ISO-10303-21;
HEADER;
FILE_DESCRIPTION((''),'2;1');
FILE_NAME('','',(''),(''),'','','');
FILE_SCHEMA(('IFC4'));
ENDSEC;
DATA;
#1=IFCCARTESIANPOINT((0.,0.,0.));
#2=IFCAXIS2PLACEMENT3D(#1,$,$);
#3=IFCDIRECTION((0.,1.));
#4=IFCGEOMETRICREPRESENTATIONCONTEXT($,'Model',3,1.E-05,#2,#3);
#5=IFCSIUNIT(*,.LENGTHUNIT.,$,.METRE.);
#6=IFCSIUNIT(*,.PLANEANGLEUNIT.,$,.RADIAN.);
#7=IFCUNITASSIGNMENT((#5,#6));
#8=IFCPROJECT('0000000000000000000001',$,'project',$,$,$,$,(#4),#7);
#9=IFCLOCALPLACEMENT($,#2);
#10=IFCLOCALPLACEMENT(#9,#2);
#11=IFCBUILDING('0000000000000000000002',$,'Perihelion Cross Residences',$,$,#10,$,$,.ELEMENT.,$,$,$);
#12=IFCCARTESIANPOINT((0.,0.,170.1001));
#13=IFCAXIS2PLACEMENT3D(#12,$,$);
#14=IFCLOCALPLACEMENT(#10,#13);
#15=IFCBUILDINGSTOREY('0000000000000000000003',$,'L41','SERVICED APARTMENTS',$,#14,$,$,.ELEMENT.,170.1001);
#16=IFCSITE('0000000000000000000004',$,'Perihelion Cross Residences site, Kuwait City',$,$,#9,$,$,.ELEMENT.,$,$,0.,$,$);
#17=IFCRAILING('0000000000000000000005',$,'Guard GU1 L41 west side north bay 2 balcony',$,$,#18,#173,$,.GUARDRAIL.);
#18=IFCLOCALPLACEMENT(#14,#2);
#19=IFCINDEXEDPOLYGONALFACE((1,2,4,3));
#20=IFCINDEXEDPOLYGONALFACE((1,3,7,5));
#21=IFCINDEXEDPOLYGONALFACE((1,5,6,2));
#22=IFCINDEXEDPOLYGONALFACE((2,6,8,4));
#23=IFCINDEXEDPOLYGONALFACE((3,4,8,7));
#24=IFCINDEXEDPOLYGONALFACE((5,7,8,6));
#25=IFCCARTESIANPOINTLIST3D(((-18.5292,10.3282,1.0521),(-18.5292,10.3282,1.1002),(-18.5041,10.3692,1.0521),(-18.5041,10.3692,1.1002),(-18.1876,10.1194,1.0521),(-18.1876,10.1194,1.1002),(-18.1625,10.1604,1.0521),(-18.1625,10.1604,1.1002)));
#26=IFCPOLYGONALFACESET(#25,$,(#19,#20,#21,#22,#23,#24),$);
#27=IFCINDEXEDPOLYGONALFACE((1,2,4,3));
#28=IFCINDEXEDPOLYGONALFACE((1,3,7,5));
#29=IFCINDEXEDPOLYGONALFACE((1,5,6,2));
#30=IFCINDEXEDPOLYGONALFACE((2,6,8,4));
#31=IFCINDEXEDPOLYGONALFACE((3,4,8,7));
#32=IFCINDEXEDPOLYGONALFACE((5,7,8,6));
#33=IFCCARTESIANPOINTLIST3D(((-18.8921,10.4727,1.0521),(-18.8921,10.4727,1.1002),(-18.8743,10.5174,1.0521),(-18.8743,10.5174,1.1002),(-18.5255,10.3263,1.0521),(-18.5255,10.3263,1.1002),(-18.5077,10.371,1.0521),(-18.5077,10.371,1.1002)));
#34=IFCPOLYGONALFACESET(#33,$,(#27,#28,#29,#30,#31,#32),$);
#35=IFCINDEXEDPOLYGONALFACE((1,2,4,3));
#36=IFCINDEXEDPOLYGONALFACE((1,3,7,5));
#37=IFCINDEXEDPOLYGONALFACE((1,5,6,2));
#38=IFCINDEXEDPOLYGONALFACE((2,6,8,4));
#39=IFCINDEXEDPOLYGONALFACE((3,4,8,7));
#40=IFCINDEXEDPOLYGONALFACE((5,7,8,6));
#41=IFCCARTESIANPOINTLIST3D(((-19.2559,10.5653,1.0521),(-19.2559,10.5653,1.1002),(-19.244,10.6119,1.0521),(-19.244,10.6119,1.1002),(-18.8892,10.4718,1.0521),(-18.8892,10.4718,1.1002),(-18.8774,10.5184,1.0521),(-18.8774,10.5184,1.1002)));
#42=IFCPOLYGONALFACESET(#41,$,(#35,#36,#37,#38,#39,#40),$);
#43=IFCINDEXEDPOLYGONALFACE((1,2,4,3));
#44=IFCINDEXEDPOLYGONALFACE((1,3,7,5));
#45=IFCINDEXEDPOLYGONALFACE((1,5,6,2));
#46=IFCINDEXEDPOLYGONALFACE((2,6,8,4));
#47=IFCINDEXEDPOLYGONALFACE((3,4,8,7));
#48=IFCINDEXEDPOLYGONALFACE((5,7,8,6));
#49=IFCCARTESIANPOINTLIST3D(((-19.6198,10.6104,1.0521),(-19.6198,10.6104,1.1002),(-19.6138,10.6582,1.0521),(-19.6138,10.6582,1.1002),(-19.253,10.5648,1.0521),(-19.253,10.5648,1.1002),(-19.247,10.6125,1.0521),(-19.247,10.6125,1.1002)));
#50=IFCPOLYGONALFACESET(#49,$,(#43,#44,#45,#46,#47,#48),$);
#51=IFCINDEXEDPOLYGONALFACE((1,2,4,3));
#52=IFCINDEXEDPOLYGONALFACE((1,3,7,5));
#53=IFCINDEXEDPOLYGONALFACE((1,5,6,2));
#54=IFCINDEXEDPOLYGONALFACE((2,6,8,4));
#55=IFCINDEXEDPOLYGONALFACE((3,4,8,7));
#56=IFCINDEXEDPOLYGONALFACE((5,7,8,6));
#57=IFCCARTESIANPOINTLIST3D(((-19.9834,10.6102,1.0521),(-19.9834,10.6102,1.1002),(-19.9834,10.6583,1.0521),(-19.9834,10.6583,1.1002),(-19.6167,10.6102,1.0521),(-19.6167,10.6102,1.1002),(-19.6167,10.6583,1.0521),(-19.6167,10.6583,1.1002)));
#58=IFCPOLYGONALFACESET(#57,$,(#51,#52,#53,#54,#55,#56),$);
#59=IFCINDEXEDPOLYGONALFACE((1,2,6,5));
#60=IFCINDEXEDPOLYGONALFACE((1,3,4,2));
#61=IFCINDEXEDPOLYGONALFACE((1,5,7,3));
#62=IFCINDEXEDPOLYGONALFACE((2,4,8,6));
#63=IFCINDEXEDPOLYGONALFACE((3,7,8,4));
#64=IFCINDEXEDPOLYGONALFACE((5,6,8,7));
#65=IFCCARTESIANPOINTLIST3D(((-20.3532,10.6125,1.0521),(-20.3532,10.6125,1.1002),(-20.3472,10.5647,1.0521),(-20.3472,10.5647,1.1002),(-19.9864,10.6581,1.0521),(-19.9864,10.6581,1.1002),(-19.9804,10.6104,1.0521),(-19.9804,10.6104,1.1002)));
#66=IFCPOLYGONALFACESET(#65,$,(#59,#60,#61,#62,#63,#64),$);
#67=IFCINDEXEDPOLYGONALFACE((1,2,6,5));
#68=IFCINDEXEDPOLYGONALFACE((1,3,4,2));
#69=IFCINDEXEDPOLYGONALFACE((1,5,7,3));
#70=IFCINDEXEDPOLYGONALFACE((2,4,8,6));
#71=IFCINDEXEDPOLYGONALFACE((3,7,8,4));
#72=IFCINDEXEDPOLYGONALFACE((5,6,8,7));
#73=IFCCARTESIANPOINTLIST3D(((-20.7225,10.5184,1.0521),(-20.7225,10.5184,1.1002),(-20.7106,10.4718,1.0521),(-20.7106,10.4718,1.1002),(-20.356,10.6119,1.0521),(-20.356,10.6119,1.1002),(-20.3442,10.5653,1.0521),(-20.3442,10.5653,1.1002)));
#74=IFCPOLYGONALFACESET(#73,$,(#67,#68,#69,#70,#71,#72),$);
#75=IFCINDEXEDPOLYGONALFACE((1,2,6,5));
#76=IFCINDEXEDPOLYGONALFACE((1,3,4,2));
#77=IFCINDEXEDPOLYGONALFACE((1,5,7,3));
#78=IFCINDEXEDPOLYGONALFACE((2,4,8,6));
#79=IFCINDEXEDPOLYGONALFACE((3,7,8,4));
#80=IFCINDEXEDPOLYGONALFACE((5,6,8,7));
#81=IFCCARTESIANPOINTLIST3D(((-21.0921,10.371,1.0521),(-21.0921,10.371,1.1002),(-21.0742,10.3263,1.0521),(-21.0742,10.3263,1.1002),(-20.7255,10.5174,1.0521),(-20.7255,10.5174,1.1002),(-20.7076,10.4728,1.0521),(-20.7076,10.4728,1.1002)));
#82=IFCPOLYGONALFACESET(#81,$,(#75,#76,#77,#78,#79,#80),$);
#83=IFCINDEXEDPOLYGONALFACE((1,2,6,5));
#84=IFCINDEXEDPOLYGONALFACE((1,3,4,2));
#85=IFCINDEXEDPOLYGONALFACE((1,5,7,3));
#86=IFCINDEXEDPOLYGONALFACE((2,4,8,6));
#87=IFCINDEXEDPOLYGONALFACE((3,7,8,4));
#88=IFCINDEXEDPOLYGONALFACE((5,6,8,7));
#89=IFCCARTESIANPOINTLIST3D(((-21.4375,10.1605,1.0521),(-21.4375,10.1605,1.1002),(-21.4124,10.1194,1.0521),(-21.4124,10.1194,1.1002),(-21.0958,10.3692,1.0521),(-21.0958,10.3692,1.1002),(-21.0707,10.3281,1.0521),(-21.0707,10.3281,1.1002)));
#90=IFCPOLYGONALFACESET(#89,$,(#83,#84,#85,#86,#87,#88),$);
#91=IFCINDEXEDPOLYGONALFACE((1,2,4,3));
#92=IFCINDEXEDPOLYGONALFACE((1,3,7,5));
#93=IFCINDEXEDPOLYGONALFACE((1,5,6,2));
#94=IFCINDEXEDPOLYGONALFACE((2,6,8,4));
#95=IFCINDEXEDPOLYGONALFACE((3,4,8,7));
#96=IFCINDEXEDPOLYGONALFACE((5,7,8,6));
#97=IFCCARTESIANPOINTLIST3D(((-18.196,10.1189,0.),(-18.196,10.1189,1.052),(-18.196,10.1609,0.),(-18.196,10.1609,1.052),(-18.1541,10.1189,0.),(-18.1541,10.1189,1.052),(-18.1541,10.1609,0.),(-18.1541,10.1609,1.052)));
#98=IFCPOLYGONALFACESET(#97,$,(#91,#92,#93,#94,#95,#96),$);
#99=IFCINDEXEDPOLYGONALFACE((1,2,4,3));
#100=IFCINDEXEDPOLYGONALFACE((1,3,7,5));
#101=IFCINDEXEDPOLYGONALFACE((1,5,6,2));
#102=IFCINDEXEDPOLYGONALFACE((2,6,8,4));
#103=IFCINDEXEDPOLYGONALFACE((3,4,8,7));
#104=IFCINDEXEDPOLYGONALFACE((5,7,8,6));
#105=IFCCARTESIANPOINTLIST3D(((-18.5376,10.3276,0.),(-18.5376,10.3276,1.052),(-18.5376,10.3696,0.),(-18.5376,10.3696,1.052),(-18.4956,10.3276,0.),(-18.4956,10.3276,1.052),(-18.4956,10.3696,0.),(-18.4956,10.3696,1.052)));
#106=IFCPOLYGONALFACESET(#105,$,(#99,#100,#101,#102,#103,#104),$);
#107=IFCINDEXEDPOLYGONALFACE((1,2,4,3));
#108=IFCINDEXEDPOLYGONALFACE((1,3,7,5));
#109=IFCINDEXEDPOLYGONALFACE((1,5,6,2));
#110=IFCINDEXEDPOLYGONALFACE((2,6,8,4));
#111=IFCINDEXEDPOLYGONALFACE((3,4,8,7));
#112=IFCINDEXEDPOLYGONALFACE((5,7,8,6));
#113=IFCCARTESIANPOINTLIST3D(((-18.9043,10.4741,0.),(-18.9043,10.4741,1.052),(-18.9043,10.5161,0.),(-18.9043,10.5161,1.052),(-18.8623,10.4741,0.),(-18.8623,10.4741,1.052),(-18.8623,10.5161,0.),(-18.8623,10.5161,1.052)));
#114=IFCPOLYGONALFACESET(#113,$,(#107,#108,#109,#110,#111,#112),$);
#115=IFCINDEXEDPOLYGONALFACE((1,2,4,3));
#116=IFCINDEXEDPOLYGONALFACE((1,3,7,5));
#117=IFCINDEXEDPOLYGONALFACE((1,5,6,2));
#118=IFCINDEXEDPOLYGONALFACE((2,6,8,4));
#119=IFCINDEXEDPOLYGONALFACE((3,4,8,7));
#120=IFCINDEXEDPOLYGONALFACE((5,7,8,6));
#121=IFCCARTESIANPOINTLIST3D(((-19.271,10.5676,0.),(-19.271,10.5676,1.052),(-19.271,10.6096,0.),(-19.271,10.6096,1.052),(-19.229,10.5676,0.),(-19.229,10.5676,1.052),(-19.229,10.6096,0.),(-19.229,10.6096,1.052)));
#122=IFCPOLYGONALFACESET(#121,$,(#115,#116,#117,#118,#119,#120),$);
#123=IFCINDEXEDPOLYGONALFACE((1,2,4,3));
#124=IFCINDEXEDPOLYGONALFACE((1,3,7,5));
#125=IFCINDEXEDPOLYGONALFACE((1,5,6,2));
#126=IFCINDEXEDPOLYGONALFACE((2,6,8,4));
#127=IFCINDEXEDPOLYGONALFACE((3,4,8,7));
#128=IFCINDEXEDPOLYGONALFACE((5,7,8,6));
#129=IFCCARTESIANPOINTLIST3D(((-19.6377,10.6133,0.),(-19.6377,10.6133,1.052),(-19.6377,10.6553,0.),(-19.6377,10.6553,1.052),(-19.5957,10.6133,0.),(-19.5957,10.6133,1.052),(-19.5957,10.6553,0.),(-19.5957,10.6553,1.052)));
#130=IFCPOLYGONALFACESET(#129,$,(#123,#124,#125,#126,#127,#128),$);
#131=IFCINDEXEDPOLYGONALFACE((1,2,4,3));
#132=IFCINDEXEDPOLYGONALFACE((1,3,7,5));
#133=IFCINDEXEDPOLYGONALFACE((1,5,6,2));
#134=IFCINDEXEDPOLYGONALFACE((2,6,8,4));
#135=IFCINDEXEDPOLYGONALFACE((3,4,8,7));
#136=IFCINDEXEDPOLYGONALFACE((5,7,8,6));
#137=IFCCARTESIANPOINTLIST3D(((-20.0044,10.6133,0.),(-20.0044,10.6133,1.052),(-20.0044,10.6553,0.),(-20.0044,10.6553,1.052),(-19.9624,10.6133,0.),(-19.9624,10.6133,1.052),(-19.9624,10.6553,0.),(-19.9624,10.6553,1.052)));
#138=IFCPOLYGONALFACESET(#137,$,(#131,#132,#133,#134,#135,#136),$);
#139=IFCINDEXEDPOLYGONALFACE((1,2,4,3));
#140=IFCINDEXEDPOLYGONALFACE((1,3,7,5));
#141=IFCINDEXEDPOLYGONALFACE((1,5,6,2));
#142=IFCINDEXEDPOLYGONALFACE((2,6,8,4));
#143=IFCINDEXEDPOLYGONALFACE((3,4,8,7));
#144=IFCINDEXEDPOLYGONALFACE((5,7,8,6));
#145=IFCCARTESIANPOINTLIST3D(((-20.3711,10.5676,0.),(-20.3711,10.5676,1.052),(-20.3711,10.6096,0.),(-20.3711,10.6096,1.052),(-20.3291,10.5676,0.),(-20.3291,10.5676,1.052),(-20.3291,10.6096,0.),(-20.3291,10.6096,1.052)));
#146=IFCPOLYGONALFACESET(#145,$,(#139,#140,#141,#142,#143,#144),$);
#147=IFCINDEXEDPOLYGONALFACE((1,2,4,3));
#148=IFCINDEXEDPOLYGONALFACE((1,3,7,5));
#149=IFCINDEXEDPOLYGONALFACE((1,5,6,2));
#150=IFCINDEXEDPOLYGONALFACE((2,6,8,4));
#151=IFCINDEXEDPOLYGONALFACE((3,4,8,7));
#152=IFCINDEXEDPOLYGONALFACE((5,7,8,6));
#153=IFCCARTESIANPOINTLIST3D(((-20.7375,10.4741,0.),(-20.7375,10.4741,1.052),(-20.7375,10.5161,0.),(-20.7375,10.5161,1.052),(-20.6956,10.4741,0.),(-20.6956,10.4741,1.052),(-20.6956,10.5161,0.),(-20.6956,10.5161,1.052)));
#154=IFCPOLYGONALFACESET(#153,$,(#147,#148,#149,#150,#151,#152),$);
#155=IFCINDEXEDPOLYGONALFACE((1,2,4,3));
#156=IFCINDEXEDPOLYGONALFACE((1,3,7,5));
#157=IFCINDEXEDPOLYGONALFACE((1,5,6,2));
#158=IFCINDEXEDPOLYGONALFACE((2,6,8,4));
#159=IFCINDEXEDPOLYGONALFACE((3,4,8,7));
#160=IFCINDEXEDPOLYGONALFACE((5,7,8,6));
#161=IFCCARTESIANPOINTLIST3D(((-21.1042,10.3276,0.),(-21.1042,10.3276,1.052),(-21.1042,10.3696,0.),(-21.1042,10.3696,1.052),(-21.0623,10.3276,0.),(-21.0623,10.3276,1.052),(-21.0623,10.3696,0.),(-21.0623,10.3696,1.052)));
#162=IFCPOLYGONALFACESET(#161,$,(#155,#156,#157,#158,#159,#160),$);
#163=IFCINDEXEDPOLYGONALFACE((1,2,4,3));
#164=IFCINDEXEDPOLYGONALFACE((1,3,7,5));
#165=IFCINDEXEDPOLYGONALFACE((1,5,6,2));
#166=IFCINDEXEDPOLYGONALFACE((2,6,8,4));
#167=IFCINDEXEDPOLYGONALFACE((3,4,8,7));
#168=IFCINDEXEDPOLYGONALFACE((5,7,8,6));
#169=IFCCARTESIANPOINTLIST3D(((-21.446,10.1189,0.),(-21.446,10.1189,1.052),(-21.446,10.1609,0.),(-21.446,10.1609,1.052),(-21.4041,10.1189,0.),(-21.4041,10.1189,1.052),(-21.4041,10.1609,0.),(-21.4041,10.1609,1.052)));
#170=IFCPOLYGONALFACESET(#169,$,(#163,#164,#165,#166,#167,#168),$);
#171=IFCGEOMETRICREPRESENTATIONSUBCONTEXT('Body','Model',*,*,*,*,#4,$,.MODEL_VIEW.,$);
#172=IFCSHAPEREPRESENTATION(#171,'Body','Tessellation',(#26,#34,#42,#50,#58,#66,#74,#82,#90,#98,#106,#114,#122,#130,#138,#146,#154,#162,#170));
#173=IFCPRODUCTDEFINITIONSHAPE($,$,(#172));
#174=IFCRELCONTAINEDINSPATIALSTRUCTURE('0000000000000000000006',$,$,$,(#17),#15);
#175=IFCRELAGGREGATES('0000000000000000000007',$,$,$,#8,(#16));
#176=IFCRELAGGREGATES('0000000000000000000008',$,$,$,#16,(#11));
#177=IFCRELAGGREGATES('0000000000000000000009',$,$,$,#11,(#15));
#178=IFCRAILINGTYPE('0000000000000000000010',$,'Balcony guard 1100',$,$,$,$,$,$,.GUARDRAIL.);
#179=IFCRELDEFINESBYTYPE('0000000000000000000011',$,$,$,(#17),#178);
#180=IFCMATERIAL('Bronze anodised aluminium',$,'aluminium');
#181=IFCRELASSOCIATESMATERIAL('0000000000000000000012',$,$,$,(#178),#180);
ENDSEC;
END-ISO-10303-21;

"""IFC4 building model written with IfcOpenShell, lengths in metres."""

from ifc_helpers import new_model, si_unit, direction, frame, origin, origin_2d, place, context, subcontext, project, spatial, rectangle, extrude, material, type_object, element, save


model = new_model("IFC4")

# Units and contexts
model_context = context("Model", 3, precision=1e-05, world=origin(), true_north=direction((0.0, 1.0)))
body_context = subcontext(model_context, "Body", "Model", "MODEL_VIEW")
ifc_project = project(units=[si_unit("LENGTHUNIT", "METRE"), si_unit("PLANEANGLEUNIT", "RADIAN")], contexts=[model_context])

# Site, building, storey
site_placement = place(None, origin())
site = spatial("IfcSite", under=ifc_project, at=site_placement, Name="Perihelion Cross Residences site, Kuwait City", CompositionType="ELEMENT", RefElevation=0.0)
building_placement = place(site_placement, origin())
building = spatial("IfcBuilding", under=site, at=building_placement, Name="Perihelion Cross Residences", CompositionType="ELEMENT")
storey_placement = place(building_placement, frame((0.0, 0.0, 170.1001)))
storey = spatial("IfcBuildingStorey", under=building, at=storey_placement, Name="L41", Description="SERVICED APARTMENTS", CompositionType="ELEMENT", Elevation=170.1001)

# Railing
ifc_material_1 = material(Name="Bronze anodised aluminium", Category="aluminium")
railing_type = type_object("IfcRailingType", Name="Balcony guard 1100", PredefinedType="GUARDRAIL", material=ifc_material_1)
railing_placement = place(storey_placement, frame((-18.175, 10.1399, 0.0)))
element("IfcRailing", 1, at=railing_placement, inside=storey, type_object=railing_type, Name="Guard GU1 L41 west side north bay 2 balcony", PredefinedType="GUARDRAIL", context=body_context, shape_type="SweptSolid", body=[
    extrude(rectangle(XDim=0.0481, YDim=0.0481, at=origin_2d()), frame((0.0, 0.0, 1.0762), z_axis=(-0.853267, 0.521475, 0.0), x_axis=(-0.521475, -0.853267, 0.0)), (0.0, 0.0, 1.0), 0.4004),
    extrude(rectangle(XDim=0.0481, YDim=0.0481, at=origin_2d()), frame((-0.3416, 0.2087, 1.0762), z_axis=(-0.928647, 0.370964, 0.0), x_axis=(-0.370964, -0.928647, 0.0)), (0.0, 0.0, 1.0), 0.3948),
    extrude(rectangle(XDim=0.0481, YDim=0.0481, at=origin_2d()), frame((-0.7083, 0.3552, 1.0762), z_axis=(-0.968993, 0.247087, 0.0), x_axis=(-0.247087, -0.968993, 0.0)), (0.0, 0.0, 1.0), 0.3784),
    extrude(rectangle(XDim=0.0481, YDim=0.0481, at=origin_2d()), frame((-1.075, 0.4487, 1.0762), z_axis=(-0.992339, 0.123547, 0.0), x_axis=(-0.123547, -0.992339, 0.0)), (0.0, 0.0, 1.0), 0.3696),
    extrude(rectangle(XDim=0.0481, YDim=0.0481, at=origin_2d()), frame((-1.4417, 0.4944, 1.0762), z_axis=(-1.0, 0.0, 0.0), x_axis=(0.0, -1.0, 0.0)), (0.0, 0.0, 1.0), 0.3667),
    extrude(rectangle(XDim=0.0481, YDim=0.0481, at=origin_2d()), frame((-1.8083, 0.4944, 1.0762), z_axis=(-0.992339, -0.123547, 0.0), x_axis=(0.123547, -0.992339, 0.0)), (0.0, 0.0, 1.0), 0.3696),
    extrude(rectangle(XDim=0.0481, YDim=0.0481, at=origin_2d()), frame((-2.175, 0.4487, 1.0762), z_axis=(-0.968954, -0.247241, 0.0), x_axis=(0.247241, -0.968954, 0.0)), (0.0, 0.0, 1.0), 0.3782),
    extrude(rectangle(XDim=0.0481, YDim=0.0481, at=origin_2d()), frame((-2.5415, 0.3552, 1.0762), z_axis=(-0.928647, -0.370964, 0.0), x_axis=(0.370964, -0.928647, 0.0)), (0.0, 0.0, 1.0), 0.3948),
    extrude(rectangle(XDim=0.0481, YDim=0.0481, at=origin_2d()), frame((-2.9082, 0.2087, 1.0762), z_axis=(-0.853432, -0.521203, 0.0), x_axis=(0.521203, -0.853432, 0.0)), (0.0, 0.0, 1.0), 0.4004),
    extrude(rectangle(XDim=0.042, YDim=0.042, at=origin_2d()), origin(), (0.0, 0.0, 1.0), 1.052),
    extrude(rectangle(XDim=0.042, YDim=0.042, at=origin_2d()), frame((-0.3416, 0.2087, 0.0)), (0.0, 0.0, 1.0), 1.052),
    extrude(rectangle(XDim=0.042, YDim=0.042, at=origin_2d()), frame((-0.7083, 0.3552, 0.0)), (0.0, 0.0, 1.0), 1.052),
    extrude(rectangle(XDim=0.042, YDim=0.042, at=origin_2d()), frame((-1.075, 0.4487, 0.0)), (0.0, 0.0, 1.0), 1.052),
    extrude(rectangle(XDim=0.042, YDim=0.042, at=origin_2d()), frame((-1.4417, 0.4944, 0.0)), (0.0, 0.0, 1.0), 1.052),
    extrude(rectangle(XDim=0.042, YDim=0.042, at=origin_2d()), frame((-1.8083, 0.4944, 0.0)), (0.0, 0.0, 1.0), 1.052),
    extrude(rectangle(XDim=0.042, YDim=0.042, at=origin_2d()), frame((-2.175, 0.4487, 0.0)), (0.0, 0.0, 1.0), 1.052),
    extrude(rectangle(XDim=0.042, YDim=0.042, at=origin_2d()), frame((-2.5415, 0.3552, 0.0)), (0.0, 0.0, 1.0), 1.052),
    extrude(rectangle(XDim=0.042, YDim=0.042, at=origin_2d()), frame((-2.9082, 0.2087, 0.0)), (0.0, 0.0, 1.0), 1.052),
    extrude(rectangle(XDim=0.042, YDim=0.042, at=origin_2d()), frame((-3.25, 0.0, 0.0)), (0.0, 0.0, 1.0), 1.052),
])

save(model, "model.ifc")
